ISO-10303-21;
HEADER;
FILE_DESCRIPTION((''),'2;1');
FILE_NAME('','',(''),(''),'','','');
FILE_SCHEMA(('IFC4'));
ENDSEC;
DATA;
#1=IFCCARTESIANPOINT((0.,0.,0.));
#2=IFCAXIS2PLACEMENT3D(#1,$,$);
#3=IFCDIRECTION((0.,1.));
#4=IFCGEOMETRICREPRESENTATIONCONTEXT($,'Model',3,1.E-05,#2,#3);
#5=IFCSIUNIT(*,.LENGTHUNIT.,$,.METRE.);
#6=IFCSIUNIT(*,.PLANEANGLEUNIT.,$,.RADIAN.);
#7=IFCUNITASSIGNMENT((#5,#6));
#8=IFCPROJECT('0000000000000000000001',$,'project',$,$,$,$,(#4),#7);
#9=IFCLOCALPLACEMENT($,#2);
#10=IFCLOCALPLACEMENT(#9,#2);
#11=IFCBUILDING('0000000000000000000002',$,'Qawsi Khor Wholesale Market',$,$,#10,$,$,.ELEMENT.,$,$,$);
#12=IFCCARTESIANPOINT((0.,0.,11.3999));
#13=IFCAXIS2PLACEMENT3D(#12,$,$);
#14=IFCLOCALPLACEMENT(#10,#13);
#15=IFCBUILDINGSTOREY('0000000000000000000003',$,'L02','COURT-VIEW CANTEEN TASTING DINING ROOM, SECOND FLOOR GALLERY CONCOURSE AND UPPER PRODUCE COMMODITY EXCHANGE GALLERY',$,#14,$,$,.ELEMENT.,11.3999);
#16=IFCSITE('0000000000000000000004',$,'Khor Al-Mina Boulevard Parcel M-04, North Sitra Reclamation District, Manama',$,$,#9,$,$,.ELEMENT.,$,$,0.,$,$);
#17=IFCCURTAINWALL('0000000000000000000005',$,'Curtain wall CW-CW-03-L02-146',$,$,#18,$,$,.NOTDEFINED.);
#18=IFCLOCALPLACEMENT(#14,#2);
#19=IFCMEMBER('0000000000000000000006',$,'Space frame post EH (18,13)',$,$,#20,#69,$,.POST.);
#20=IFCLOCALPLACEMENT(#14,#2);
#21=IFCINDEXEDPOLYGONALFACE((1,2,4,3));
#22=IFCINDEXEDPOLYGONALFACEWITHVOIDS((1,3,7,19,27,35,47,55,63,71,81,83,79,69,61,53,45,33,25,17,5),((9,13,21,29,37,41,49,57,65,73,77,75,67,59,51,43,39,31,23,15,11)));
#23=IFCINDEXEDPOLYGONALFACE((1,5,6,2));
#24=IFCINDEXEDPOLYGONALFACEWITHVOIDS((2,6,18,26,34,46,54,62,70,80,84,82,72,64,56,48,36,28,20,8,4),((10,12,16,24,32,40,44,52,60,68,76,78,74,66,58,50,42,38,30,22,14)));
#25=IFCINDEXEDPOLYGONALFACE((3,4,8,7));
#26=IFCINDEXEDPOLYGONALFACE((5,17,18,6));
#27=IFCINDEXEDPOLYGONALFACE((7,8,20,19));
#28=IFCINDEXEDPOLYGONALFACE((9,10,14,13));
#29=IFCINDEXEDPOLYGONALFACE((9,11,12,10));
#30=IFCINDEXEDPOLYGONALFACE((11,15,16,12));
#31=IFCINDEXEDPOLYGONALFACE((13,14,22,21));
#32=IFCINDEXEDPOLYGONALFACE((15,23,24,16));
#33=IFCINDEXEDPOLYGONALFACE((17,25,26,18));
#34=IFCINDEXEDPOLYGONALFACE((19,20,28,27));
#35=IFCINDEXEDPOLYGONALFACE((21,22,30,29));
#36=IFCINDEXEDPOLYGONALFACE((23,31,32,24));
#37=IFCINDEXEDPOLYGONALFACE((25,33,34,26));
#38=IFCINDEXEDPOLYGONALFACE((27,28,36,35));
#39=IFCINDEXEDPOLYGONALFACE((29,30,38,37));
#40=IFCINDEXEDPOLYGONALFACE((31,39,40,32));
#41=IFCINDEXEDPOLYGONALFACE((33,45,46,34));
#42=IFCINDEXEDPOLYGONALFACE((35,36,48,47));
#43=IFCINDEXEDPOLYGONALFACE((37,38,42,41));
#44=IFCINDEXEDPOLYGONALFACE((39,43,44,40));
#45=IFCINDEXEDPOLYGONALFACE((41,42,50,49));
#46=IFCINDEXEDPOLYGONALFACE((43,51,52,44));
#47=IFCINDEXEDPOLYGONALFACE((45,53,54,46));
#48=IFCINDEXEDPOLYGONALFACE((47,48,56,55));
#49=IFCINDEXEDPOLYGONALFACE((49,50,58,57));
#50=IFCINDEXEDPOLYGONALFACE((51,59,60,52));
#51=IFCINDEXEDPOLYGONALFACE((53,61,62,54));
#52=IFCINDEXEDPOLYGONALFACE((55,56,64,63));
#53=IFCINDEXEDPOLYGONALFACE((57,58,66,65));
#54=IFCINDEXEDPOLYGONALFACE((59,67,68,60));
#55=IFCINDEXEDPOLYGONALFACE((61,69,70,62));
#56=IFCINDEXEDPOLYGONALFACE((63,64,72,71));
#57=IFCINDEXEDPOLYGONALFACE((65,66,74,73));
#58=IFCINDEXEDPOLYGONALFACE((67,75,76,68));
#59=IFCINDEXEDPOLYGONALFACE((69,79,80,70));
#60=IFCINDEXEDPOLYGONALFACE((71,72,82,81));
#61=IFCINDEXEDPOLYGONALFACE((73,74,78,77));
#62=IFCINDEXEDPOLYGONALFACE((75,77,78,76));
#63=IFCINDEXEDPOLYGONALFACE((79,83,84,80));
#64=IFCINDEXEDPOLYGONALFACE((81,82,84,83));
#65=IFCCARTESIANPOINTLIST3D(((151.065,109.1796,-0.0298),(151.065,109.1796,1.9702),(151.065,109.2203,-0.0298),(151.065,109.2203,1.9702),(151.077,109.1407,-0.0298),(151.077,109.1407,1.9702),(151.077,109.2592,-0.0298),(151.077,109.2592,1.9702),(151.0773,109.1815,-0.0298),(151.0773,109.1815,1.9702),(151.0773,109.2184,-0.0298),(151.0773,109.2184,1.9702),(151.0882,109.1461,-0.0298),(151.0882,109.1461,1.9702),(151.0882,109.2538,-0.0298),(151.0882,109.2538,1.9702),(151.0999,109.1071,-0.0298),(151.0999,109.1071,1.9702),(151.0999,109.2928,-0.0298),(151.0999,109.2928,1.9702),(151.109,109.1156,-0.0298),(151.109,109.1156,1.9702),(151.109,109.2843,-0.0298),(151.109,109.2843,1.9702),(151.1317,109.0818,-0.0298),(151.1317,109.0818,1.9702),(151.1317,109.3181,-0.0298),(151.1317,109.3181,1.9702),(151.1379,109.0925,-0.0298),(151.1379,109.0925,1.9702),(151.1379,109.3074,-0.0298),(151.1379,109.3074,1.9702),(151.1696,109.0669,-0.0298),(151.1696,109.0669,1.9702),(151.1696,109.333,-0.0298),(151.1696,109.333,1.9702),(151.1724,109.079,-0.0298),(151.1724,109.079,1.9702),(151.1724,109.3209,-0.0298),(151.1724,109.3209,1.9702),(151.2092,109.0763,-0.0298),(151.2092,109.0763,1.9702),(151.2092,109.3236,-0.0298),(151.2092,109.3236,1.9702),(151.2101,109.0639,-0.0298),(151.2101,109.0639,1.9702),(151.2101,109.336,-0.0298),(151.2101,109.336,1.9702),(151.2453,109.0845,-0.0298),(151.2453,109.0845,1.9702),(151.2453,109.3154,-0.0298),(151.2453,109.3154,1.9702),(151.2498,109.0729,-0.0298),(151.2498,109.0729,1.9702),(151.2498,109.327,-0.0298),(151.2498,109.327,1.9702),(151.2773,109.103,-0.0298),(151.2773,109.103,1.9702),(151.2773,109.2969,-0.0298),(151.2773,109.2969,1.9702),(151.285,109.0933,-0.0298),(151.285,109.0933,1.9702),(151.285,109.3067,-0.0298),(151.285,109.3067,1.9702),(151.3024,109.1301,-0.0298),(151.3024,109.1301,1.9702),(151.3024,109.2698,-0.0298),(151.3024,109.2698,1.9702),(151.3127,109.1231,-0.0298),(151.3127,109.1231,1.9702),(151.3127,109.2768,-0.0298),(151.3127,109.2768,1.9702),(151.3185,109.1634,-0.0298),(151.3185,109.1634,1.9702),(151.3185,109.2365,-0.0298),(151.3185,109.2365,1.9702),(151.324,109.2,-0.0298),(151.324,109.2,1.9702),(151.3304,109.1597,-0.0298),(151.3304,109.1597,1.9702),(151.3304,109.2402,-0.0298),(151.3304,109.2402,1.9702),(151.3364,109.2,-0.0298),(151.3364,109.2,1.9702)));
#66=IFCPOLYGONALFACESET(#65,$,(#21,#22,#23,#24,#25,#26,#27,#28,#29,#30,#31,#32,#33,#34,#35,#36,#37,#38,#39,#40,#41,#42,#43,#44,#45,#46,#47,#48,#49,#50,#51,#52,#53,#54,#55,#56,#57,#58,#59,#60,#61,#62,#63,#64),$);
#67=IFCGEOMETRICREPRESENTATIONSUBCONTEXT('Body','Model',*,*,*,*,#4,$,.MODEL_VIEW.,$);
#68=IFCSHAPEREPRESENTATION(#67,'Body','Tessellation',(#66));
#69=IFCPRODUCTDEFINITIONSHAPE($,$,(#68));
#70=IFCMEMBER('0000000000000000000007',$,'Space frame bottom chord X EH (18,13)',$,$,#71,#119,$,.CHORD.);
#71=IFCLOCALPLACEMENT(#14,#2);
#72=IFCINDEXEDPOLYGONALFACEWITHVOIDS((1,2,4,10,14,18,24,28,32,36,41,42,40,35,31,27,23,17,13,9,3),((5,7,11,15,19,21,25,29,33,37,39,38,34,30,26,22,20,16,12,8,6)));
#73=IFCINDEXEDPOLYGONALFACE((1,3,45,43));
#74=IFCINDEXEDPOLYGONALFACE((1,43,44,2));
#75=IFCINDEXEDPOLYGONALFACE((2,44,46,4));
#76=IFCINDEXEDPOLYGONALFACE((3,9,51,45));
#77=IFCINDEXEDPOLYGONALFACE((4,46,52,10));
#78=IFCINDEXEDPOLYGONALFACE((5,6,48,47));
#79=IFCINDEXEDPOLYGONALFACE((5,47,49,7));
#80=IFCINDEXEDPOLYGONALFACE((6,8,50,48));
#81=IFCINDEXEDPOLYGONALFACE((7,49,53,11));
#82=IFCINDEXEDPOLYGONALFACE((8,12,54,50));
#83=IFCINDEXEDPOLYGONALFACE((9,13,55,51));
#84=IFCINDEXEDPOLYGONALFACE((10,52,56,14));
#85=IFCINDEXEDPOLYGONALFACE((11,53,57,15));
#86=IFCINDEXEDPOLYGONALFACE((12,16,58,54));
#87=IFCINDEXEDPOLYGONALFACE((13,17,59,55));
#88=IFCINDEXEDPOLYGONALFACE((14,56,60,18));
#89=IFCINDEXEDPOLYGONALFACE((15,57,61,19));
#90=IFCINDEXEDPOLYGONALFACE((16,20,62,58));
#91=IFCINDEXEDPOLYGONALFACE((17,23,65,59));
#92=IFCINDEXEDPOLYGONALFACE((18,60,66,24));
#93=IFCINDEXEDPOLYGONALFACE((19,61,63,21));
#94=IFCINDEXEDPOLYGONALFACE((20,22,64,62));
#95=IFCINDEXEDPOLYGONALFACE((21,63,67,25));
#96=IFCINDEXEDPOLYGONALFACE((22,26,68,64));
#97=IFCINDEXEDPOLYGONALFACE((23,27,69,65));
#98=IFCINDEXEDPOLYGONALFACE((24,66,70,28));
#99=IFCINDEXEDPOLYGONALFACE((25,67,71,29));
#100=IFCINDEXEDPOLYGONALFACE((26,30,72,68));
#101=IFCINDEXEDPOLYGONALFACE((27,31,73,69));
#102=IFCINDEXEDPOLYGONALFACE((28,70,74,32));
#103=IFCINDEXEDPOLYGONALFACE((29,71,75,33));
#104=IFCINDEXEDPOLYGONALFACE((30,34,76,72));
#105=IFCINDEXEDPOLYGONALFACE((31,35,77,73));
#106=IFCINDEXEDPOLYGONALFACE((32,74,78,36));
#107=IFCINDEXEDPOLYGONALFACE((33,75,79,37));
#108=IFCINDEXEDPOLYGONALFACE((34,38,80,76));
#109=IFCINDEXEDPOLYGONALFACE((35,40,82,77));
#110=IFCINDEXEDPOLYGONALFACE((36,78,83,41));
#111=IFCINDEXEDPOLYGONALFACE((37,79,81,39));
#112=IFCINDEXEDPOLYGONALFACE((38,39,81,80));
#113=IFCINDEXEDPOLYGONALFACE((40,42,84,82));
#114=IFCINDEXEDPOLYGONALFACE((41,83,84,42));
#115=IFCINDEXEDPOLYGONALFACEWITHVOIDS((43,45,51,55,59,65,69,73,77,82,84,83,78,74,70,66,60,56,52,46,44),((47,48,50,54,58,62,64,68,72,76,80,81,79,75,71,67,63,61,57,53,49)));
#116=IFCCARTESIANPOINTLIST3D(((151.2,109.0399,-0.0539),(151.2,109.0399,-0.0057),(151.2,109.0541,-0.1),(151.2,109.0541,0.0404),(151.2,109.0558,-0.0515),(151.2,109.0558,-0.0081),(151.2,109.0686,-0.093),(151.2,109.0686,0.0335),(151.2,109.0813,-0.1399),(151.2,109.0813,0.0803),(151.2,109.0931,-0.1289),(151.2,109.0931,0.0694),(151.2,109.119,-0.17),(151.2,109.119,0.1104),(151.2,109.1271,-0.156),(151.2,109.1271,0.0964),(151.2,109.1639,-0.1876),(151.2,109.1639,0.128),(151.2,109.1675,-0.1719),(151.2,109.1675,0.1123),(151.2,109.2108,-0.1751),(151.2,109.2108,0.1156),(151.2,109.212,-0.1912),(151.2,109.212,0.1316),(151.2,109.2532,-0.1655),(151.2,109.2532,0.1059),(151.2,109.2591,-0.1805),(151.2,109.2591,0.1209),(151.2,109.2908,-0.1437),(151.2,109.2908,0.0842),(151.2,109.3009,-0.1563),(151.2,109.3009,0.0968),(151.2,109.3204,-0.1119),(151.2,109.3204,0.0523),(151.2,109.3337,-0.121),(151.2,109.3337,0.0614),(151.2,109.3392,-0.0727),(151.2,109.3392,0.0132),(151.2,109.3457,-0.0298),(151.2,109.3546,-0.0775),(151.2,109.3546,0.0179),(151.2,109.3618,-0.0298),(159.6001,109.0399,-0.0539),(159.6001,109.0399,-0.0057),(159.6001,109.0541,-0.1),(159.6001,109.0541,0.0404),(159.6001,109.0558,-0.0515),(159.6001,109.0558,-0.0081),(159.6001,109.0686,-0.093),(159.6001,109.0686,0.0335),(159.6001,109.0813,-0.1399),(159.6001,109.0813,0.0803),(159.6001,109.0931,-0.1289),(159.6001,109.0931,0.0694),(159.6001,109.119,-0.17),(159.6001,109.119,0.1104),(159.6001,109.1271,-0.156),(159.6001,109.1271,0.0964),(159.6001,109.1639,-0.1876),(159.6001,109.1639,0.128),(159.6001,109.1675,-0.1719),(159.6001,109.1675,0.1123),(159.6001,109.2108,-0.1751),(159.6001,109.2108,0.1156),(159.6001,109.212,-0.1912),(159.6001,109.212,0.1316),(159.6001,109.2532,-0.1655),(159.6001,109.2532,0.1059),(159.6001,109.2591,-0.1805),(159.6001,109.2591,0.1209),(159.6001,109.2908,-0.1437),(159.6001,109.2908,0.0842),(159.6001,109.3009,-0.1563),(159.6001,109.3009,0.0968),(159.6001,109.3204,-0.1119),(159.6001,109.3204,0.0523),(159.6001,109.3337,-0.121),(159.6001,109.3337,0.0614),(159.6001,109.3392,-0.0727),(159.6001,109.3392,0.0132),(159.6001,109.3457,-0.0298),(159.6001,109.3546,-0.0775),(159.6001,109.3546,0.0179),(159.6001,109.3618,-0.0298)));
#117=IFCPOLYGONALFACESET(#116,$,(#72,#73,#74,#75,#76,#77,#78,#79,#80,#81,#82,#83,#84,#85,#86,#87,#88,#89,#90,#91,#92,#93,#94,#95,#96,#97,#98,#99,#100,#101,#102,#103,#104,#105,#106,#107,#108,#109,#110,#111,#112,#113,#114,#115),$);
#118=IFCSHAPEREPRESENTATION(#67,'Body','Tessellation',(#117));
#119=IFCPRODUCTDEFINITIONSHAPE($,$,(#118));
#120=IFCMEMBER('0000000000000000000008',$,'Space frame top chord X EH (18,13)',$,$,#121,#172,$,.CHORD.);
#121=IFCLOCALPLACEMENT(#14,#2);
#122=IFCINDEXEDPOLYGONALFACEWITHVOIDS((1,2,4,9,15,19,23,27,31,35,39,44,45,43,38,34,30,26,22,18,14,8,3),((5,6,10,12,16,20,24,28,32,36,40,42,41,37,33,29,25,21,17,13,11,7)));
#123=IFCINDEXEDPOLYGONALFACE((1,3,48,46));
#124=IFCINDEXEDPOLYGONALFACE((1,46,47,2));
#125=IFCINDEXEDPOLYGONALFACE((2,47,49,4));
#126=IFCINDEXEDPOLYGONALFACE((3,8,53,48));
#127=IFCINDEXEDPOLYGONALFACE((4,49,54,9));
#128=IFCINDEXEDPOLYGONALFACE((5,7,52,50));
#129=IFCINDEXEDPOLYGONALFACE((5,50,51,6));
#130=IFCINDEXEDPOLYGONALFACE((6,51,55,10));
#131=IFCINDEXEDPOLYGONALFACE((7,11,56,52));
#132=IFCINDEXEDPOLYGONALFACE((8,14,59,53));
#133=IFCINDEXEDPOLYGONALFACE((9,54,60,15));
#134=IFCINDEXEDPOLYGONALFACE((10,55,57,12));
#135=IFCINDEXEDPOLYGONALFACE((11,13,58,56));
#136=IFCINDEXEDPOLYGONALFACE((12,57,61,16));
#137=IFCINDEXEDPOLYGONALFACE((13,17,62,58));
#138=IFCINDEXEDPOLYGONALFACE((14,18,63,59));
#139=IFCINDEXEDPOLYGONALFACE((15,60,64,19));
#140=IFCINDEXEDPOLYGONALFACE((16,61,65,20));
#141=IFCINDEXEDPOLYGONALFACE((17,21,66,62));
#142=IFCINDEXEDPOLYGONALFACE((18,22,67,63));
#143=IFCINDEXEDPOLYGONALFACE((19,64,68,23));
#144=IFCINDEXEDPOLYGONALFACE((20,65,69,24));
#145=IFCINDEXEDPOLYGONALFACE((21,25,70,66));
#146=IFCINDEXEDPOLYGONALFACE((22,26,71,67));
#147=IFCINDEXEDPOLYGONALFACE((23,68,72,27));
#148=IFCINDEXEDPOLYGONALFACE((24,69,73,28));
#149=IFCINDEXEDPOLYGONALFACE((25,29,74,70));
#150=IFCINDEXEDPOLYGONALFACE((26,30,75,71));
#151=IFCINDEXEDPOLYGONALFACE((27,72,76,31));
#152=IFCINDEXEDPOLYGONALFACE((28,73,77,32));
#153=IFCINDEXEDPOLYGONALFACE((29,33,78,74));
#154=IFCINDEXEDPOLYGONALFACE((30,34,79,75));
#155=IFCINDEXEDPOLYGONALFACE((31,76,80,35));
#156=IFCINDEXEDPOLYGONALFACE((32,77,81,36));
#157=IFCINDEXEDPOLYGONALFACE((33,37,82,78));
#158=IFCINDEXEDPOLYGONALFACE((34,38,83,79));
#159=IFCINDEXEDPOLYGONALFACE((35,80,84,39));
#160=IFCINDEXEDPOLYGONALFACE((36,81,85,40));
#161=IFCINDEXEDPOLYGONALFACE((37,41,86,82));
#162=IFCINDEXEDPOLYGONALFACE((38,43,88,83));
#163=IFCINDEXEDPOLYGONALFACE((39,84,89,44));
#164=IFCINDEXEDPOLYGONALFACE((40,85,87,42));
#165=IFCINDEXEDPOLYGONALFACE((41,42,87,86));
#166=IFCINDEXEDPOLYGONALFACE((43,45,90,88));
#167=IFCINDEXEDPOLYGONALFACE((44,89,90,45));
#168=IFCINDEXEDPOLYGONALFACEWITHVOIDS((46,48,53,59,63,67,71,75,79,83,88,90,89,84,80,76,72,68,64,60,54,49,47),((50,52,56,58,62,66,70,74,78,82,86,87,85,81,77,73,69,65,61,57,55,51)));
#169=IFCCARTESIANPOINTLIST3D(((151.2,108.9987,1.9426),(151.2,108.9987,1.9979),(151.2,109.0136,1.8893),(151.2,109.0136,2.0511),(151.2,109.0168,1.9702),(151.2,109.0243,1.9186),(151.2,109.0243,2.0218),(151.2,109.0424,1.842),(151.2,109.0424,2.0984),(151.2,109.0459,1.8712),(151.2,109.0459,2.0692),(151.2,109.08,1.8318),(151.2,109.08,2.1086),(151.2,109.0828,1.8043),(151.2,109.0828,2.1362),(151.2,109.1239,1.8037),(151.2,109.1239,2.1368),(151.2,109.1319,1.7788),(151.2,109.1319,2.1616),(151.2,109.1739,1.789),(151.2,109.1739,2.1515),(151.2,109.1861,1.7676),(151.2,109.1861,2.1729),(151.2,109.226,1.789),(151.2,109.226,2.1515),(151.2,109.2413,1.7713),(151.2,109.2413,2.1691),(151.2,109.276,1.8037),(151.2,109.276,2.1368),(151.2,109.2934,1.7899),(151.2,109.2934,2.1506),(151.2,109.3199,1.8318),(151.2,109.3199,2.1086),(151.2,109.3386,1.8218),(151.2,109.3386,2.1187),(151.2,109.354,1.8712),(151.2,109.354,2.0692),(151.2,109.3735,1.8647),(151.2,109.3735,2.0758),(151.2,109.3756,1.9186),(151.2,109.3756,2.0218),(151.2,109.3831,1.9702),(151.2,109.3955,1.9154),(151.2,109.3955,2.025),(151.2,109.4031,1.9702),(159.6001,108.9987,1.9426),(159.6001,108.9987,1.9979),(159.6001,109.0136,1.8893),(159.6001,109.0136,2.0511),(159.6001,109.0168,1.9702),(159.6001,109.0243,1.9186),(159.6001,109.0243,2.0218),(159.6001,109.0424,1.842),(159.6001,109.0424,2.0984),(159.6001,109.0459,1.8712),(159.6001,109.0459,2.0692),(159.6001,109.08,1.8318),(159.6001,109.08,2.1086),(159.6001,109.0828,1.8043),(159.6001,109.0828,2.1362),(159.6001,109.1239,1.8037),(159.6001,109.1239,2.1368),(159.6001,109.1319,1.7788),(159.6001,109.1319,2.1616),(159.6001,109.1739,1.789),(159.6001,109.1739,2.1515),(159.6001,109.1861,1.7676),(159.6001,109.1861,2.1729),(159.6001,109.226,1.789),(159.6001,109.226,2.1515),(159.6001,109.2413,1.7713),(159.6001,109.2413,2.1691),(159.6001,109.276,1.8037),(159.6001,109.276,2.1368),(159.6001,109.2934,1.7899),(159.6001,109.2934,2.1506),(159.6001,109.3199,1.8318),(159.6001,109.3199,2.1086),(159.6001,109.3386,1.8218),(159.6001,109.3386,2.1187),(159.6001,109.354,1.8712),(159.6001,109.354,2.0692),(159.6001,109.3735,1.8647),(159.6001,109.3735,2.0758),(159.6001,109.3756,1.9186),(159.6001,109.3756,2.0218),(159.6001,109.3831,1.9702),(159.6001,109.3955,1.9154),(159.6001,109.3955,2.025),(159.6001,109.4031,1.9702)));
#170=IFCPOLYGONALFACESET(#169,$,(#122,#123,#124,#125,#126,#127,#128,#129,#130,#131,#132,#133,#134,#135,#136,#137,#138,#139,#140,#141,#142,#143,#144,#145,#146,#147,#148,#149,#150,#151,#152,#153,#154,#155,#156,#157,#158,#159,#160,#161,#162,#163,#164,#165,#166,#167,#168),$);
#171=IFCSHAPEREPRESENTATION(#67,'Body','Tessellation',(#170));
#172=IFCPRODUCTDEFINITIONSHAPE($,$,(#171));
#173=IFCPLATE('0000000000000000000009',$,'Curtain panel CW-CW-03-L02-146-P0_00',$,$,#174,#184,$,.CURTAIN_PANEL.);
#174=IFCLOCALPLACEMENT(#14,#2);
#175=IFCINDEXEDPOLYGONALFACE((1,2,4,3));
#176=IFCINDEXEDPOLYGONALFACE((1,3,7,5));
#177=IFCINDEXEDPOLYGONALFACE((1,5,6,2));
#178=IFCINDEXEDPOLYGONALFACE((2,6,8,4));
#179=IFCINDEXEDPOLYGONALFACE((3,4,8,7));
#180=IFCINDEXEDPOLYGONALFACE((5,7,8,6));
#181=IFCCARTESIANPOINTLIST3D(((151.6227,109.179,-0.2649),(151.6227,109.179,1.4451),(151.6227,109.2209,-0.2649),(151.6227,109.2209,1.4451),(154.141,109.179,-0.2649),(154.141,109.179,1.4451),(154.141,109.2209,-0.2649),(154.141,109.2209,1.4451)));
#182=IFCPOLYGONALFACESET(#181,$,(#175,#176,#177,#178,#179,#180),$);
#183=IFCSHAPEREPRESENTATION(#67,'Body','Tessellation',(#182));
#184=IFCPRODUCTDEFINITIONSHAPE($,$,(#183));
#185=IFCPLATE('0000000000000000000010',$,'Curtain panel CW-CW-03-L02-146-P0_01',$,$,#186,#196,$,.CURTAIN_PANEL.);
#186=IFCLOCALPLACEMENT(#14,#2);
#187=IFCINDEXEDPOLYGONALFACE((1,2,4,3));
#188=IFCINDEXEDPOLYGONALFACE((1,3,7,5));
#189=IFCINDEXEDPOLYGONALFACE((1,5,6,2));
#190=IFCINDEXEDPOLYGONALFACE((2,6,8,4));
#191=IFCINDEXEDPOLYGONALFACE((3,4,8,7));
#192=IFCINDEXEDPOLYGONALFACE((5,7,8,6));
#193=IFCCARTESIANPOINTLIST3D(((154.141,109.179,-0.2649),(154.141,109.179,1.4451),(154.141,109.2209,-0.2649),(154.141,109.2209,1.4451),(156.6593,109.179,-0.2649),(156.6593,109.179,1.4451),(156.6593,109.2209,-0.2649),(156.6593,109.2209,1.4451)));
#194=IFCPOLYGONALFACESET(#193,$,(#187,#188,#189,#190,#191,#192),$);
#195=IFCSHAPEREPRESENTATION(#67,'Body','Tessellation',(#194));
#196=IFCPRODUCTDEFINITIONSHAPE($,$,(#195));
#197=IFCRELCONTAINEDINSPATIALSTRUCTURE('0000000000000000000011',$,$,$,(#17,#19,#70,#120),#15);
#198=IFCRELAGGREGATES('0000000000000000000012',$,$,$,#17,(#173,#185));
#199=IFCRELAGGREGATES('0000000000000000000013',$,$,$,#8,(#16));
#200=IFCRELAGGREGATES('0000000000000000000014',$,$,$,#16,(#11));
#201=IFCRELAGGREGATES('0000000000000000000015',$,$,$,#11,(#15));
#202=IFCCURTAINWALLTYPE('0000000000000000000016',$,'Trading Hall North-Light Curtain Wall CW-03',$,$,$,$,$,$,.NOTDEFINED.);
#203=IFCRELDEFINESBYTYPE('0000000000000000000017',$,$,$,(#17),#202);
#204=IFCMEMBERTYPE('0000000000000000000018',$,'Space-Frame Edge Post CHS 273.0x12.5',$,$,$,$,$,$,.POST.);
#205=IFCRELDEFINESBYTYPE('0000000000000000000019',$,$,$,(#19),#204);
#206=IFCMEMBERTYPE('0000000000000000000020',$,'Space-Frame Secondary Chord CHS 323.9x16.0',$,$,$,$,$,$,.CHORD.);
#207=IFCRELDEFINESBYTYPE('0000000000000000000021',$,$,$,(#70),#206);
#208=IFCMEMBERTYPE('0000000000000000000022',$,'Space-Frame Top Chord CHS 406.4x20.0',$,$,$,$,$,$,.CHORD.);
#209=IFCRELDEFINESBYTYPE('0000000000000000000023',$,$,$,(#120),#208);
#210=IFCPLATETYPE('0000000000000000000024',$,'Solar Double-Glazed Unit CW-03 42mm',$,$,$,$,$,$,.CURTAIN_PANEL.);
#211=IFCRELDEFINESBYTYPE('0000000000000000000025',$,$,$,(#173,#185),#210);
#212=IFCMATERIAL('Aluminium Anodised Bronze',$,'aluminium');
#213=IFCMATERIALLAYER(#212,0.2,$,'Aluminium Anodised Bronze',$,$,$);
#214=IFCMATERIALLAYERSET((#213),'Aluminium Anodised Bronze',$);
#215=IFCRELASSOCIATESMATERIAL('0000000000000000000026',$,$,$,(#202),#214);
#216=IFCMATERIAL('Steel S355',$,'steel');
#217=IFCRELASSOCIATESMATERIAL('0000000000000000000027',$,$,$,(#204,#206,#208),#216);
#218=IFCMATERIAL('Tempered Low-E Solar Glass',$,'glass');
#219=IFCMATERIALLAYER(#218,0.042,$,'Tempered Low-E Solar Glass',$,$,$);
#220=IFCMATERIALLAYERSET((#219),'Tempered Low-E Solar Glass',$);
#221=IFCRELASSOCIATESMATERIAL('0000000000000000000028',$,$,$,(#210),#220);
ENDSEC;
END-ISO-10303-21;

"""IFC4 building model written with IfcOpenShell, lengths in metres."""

from ifc_helpers import new_model, si_unit, direction, frame, frame_2d, origin, origin_2d, place, context, subcontext, project, spatial, rectangle, hollow_circle, extrude, material, layer, layer_set, material_profile, profile_set, type_object, element, aggregate, save


model = new_model("IFC4")

# Units and contexts
model_context = context("Model", 3, precision=1e-05, world=origin(), true_north=direction((0.0, 1.0)))
body_context = subcontext(model_context, "Body", "Model", "MODEL_VIEW")
ifc_project = project(units=[si_unit("LENGTHUNIT", "METRE"), si_unit("PLANEANGLEUNIT", "RADIAN")], contexts=[model_context])

# Site, building, storey
site_placement = place(None, origin())
site = spatial("IfcSite", under=ifc_project, at=site_placement, Name="Khor Al-Mina Boulevard Parcel M-04, North Sitra Reclamation District, Manama", CompositionType="ELEMENT", RefElevation=0.0)
building_placement = place(site_placement, origin())
building = spatial("IfcBuilding", under=site, at=building_placement, Name="Qawsi Khor Wholesale Market", CompositionType="ELEMENT")
storey_placement = place(building_placement, frame((0.0, 0.0, 11.3999)))
storey = spatial("IfcBuildingStorey", under=building, at=storey_placement, Name="L02", Description="COURT-VIEW CANTEEN TASTING DINING ROOM, SECOND FLOOR GALLERY CONCOURSE AND UPPER PRODUCE COMMODITY EXCHANGE GALLERY", CompositionType="ELEMENT", Elevation=11.3999)

# Curtain wall
ifc_material_1 = material(Name="Aluminium Anodised Bronze", Category="aluminium")
ifc_layer_1 = layer(ifc_material_1, 0.2, Name="Aluminium Anodised Bronze")
ifc_layer_set_1 = layer_set([ifc_layer_1], Name="Aluminium Anodised Bronze")
curtain_wall_type = type_object("IfcCurtainWallType", Name="Trading Hall North-Light Curtain Wall CW-03", PredefinedType="NOTDEFINED", material=ifc_layer_set_1)
curtain_wall_placement = place(storey_placement, origin())
curtain_wall = element("IfcCurtainWall", 1, at=curtain_wall_placement, inside=storey, type_object=curtain_wall_type, Name="Curtain wall CW-CW-03-L02-146", PredefinedType="NOTDEFINED")

# Members
ifc_material_2 = material(Name="Steel S355", Category="steel")
ifc_material_profile_1 = material_profile(ifc_material_2, hollow_circle(Radius=0.1365, WallThickness=0.0125, at=origin_2d()), Name="CHS 273.0x12.5")
ifc_profile_set_1 = profile_set([ifc_material_profile_1], Name="Steel S355")
member_type_1 = type_object("IfcMemberType", Name="Space-Frame Edge Post CHS 273.0x12.5", PredefinedType="POST", material=ifc_profile_set_1)
member_1_placement = place(storey_placement, frame((151.2, 109.2, -0.0298), z_axis=(0.0, 0.0, 1.0), x_axis=(1.0, 0.0, 0.0)))
element("IfcMember", 2, at=member_1_placement, inside=storey, type_object=member_type_1, Name="Space frame post EH (18,13)", PredefinedType="POST", context=body_context, shape_type="SweptSolid", body=[
    extrude(hollow_circle(Radius=0.1365, WallThickness=0.0125, at=origin_2d()), origin(), (0.0, 0.0, 1.0), 2.0),
])
ifc_material_profile_2 = material_profile(ifc_material_2, hollow_circle(Radius=0.1619, WallThickness=0.0161, at=origin_2d()), Name="CHS 323.9x16.0")
ifc_profile_set_2 = profile_set([ifc_material_profile_2], Name="Steel S355")
member_type_2 = type_object("IfcMemberType", Name="Space-Frame Secondary Chord CHS 323.9x16.0", PredefinedType="CHORD", material=ifc_profile_set_2)
member_2_placement = place(storey_placement, frame((151.2, 109.2, -0.0298), z_axis=(1.0, 0.0, 0.0), x_axis=(0.0, 1.0, 0.0)))
element("IfcMember", 3, at=member_2_placement, inside=storey, type_object=member_type_2, Name="Space frame bottom chord X EH (18,13)", PredefinedType="CHORD", context=body_context, shape_type="SweptSolid", body=[
    extrude(hollow_circle(Radius=0.1619, WallThickness=0.0161, at=origin_2d()), origin(), (0.0, 0.0, 1.0), 8.4001),
])
ifc_material_profile_3 = material_profile(ifc_material_2, hollow_circle(Radius=0.2031, WallThickness=0.02, at=origin_2d()), Name="CHS 406.4x20.0")
ifc_profile_set_3 = profile_set([ifc_material_profile_3], Name="Steel S355")
member_type_3 = type_object("IfcMemberType", Name="Space-Frame Top Chord CHS 406.4x20.0", PredefinedType="CHORD", material=ifc_profile_set_3)
member_3_placement = place(storey_placement, frame((151.2, 109.2, 1.9702), z_axis=(1.0, 0.0, 0.0), x_axis=(0.0, 1.0, 0.0)))
element("IfcMember", 4, at=member_3_placement, inside=storey, type_object=member_type_3, Name="Space frame top chord X EH (18,13)", PredefinedType="CHORD", context=body_context, shape_type="SweptSolid", body=[
    extrude(hollow_circle(Radius=0.2031, WallThickness=0.02, at=origin_2d()), origin(), (0.0, 0.0, 1.0), 8.4001),
])

# Plates
ifc_material_3 = material(Name="Tempered Low-E Solar Glass", Category="glass")
ifc_layer_2 = layer(ifc_material_3, 0.042, Name="Tempered Low-E Solar Glass")
ifc_layer_set_2 = layer_set([ifc_layer_2], Name="Tempered Low-E Solar Glass")
plate_type = type_object("IfcPlateType", Name="Solar Double-Glazed Unit CW-03 42mm", PredefinedType="CURTAIN_PANEL", material=ifc_layer_set_2)
plate_1_placement = place(storey_placement, frame((151.6226, 109.2, -0.2649), z_axis=(0.0, 0.0, 1.0), x_axis=(1.0, 0.0, 0.0)))
plate_1 = element("IfcPlate", 5, at=plate_1_placement, type_object=plate_type, Name="Curtain panel CW-CW-03-L02-146-P0_00", PredefinedType="CURTAIN_PANEL", context=body_context, shape_type="SweptSolid", body=[
    extrude(rectangle(XDim=2.5183, YDim=0.042, at=frame_2d((1.2593, 0.0))), origin(), (0.0, 0.0, 1.0), 1.71),
])
plate_2_placement = place(storey_placement, frame((154.1409, 109.2, -0.2649), z_axis=(0.0, 0.0, 1.0), x_axis=(1.0, 0.0, 0.0)))
plate_2 = element("IfcPlate", 6, at=plate_2_placement, type_object=plate_type, Name="Curtain panel CW-CW-03-L02-146-P0_01", PredefinedType="CURTAIN_PANEL", context=body_context, shape_type="SweptSolid", body=[
    extrude(rectangle(XDim=2.5183, YDim=0.042, at=frame_2d((1.2593, 0.0))), origin(), (0.0, 0.0, 1.0), 1.71),
])
aggregate(curtain_wall, [plate_1, plate_2])

save(model, "model.ifc")
